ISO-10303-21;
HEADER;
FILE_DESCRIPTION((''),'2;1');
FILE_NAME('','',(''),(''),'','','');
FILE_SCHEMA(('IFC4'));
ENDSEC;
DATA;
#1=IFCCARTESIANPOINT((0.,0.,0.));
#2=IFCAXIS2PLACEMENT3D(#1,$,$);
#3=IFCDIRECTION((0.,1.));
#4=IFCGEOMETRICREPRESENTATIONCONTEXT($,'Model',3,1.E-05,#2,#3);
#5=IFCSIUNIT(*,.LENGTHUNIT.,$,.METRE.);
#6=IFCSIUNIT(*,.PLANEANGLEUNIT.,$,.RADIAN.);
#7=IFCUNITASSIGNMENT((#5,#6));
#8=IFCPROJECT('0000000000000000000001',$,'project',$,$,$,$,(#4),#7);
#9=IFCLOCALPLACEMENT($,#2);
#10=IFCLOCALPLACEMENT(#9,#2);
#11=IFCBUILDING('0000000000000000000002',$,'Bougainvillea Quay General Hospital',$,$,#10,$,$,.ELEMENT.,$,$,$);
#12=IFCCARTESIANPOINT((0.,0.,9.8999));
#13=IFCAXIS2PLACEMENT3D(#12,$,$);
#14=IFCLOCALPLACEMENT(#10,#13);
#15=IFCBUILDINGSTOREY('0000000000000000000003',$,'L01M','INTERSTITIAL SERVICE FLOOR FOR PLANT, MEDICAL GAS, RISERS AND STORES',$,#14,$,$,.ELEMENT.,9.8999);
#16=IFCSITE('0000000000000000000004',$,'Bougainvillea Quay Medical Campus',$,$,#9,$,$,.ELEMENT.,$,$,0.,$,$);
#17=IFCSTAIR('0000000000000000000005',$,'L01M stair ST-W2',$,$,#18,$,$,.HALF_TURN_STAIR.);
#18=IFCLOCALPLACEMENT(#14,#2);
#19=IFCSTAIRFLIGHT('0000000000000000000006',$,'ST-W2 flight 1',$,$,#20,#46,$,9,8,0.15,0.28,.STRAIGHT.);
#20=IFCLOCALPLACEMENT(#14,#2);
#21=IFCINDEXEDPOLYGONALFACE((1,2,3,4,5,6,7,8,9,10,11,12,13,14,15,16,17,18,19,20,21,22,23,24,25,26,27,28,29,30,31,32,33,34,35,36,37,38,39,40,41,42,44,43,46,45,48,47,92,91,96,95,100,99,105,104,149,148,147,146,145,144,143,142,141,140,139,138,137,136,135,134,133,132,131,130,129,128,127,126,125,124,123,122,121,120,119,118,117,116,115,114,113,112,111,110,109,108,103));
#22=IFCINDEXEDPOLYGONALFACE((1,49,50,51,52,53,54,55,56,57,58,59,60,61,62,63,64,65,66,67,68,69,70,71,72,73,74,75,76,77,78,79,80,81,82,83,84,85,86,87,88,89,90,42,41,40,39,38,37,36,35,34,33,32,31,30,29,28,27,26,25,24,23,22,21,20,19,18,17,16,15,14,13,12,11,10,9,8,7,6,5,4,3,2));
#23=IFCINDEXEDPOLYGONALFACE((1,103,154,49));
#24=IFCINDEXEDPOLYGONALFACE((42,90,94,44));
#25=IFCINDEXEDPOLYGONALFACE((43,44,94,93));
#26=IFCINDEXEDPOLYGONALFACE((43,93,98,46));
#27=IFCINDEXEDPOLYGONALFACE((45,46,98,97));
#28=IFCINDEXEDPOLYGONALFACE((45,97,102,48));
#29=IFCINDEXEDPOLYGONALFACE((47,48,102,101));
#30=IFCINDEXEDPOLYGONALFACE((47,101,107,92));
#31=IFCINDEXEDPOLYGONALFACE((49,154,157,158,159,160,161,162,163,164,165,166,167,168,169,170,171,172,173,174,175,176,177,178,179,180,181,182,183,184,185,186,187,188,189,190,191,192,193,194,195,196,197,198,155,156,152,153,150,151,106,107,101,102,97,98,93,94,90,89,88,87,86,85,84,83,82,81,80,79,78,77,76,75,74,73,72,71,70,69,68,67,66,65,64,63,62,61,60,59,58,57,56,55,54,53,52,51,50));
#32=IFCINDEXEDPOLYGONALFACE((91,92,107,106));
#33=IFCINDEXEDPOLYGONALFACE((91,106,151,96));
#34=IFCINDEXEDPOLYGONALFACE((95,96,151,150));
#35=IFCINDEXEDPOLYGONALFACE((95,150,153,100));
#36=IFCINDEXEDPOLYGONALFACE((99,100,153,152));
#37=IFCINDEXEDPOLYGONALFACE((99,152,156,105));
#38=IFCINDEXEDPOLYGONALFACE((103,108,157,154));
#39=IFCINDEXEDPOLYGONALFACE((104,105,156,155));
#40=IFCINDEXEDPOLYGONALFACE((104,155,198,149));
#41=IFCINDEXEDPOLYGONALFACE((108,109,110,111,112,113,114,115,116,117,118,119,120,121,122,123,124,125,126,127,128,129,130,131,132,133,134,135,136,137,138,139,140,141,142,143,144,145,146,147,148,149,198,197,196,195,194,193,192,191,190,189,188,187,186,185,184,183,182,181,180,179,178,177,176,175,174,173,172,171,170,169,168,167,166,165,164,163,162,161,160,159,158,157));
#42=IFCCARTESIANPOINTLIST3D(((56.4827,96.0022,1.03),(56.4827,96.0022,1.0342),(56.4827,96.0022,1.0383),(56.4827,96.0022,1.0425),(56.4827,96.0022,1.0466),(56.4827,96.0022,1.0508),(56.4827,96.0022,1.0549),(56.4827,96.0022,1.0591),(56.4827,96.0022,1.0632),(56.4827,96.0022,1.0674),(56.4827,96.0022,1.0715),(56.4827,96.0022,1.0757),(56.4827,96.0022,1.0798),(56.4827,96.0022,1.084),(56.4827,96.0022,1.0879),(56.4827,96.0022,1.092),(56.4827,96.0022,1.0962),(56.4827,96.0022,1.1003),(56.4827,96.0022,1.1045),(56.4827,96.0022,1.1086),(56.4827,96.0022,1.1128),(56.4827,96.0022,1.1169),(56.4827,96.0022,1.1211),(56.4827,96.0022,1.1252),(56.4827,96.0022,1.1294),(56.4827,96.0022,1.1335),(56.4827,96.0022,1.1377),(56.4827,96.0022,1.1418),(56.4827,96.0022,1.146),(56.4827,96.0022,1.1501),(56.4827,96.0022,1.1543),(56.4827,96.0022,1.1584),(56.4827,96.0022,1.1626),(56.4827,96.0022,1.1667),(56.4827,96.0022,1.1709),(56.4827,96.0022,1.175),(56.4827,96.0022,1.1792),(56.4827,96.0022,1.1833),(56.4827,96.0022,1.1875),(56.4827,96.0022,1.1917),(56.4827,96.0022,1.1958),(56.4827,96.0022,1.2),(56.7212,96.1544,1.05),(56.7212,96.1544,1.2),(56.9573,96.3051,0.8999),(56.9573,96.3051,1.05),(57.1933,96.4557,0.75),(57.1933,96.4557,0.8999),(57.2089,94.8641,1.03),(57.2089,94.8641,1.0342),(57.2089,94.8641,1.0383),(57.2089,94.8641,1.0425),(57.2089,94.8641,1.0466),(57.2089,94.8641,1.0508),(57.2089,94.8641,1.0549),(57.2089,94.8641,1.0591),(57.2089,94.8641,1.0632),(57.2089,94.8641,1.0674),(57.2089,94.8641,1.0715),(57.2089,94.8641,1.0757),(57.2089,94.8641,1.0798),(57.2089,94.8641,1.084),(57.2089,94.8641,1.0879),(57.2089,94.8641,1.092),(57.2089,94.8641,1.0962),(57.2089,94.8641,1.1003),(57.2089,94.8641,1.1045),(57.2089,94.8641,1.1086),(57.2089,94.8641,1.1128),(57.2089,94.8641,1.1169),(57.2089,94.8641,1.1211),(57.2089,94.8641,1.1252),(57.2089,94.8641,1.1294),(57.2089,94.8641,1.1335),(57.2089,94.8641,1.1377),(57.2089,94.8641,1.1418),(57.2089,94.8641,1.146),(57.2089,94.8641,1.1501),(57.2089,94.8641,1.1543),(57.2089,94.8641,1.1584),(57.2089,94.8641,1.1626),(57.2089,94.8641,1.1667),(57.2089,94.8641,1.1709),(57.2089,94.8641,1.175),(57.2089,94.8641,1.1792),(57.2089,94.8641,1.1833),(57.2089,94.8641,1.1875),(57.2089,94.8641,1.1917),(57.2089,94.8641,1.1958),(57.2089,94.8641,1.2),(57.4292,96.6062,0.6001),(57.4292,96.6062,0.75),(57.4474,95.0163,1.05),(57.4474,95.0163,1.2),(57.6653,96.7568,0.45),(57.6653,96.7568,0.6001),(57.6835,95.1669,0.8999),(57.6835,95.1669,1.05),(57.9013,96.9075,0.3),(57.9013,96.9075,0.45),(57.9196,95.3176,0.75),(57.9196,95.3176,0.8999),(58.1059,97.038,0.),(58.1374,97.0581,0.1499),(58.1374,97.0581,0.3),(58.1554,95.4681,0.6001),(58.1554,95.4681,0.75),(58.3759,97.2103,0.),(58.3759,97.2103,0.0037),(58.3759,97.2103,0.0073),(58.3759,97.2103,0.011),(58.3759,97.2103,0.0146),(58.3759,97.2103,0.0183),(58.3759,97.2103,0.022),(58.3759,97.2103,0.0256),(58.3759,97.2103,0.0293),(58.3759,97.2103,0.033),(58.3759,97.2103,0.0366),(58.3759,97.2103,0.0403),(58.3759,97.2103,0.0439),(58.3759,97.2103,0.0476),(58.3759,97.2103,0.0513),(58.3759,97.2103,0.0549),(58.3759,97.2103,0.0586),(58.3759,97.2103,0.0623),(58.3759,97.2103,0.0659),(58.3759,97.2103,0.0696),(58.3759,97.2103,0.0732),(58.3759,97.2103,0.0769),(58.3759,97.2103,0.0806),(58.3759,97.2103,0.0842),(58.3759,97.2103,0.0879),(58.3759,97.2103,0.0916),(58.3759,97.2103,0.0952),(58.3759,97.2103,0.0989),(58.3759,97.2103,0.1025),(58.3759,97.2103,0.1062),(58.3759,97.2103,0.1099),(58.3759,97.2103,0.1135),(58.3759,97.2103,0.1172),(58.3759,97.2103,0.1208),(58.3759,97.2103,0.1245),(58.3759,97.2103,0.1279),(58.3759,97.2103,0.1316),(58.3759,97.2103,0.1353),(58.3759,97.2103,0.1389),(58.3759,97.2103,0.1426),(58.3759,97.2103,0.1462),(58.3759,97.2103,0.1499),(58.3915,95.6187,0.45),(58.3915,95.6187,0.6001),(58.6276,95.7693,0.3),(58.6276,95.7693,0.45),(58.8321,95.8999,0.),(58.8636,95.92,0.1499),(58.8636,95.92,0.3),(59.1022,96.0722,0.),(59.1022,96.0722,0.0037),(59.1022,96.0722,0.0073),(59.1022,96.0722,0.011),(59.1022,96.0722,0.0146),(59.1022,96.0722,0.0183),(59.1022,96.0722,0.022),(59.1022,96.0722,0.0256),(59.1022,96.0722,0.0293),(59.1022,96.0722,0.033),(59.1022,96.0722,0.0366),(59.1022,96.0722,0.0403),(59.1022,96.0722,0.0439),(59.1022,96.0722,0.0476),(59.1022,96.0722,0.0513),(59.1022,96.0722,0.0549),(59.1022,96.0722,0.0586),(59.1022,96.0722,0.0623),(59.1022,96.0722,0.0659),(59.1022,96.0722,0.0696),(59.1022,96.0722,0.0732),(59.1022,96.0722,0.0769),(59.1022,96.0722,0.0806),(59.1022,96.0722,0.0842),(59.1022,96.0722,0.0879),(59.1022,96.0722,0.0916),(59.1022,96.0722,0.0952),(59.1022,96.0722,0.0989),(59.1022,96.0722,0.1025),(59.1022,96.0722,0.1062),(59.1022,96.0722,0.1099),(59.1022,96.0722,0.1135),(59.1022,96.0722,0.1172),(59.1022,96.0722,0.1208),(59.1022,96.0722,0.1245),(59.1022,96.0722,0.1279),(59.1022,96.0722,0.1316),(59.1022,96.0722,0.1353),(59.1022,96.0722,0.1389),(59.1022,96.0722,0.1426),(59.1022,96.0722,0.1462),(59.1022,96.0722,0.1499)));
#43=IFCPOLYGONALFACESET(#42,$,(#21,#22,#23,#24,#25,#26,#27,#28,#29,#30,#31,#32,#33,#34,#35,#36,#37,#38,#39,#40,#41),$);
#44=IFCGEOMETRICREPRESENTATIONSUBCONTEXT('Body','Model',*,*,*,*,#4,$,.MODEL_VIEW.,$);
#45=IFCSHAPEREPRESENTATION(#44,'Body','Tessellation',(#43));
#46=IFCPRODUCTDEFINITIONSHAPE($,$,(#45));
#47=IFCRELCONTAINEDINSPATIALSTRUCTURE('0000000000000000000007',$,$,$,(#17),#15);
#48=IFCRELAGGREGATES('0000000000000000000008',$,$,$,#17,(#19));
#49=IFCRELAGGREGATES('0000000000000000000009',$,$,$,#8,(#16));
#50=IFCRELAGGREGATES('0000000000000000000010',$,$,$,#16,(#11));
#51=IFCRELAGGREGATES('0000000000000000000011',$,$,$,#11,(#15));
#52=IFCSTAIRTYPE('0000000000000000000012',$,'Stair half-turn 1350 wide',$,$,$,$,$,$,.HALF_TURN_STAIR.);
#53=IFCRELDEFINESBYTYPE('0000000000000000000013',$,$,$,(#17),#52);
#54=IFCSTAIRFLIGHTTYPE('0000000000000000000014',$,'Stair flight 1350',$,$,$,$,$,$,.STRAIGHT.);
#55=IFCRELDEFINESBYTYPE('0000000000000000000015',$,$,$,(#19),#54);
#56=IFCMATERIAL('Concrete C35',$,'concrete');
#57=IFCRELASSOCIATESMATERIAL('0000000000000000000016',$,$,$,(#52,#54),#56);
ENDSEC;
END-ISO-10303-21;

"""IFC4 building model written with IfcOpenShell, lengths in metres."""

from ifc_helpers import new_model, si_unit, direction, frame, origin, place, context, subcontext, project, spatial, polyline, outline, extrude, material, type_object, element, aggregate, save


model = new_model("IFC4")

# Units and contexts
model_context = context("Model", 3, precision=1e-05, world=origin(), true_north=direction((0.0, 1.0)))
body_context = subcontext(model_context, "Body", "Model", "MODEL_VIEW")
ifc_project = project(units=[si_unit("LENGTHUNIT", "METRE"), si_unit("PLANEANGLEUNIT", "RADIAN")], contexts=[model_context])

# Site, building, storey
site_placement = place(None, origin())
site = spatial("IfcSite", under=ifc_project, at=site_placement, Name="Bougainvillea Quay Medical Campus", CompositionType="ELEMENT", RefElevation=0.0)
building_placement = place(site_placement, origin())
building = spatial("IfcBuilding", under=site, at=building_placement, Name="Bougainvillea Quay General Hospital", CompositionType="ELEMENT")
storey_placement = place(building_placement, frame((0.0, 0.0, 9.8999)))
storey = spatial("IfcBuildingStorey", under=building, at=storey_placement, Name="L01M", Description="INTERSTITIAL SERVICE FLOOR FOR PLANT, MEDICAL GAS, RISERS AND STORES", CompositionType="ELEMENT", Elevation=9.8999)

# Stair, stair flight
ifc_material_1 = material(Name="Concrete C35", Category="concrete")
stair_type = type_object("IfcStairType", Name="Stair half-turn 1350 wide", PredefinedType="HALF_TURN_STAIR", material=ifc_material_1)
stair_placement = place(storey_placement, origin())
stair = element("IfcStair", 1, at=stair_placement, inside=storey, type_object=stair_type, Name="L01M stair ST-W2", PredefinedType="HALF_TURN_STAIR")
stair_flight_type = type_object("IfcStairFlightType", Name="Stair flight 1350", PredefinedType="STRAIGHT", material=ifc_material_1)
stair_flight_placement = place(storey_placement, frame((58.7366, 96.6396, 0.0), z_axis=(0.0, 0.0, 1.0), x_axis=(-0.842999, -0.537915, 0.0)))
stair_flight = element("IfcStairFlight", 2, at=stair_flight_placement, type_object=stair_flight_type, Name="ST-W2 flight 1", NumberOfRisers=9, NumberOfTreads=8, PredefinedType="STRAIGHT", RiserHeight=0.15, TreadLength=0.28, context=body_context, shape_type="SweptSolid", body=[
    extrude(outline(polyline([(-0.0029, 0.0), (-0.0029, 0.0037), (-0.0029, 0.0073), (-0.0029, 0.011), (-0.0029, 0.0146), (-0.0029, 0.0183), (-0.0029, 0.022), (-0.0029, 0.0256), (-0.0029, 0.0293), (-0.0029, 0.033), (-0.0029, 0.0366), (-0.0029, 0.0403), (-0.0029, 0.0439), (-0.0029, 0.0476), (-0.0029, 0.0513), (-0.0029, 0.0549), (-0.0029, 0.0586), (-0.0029, 0.0623), (-0.0029, 0.0659), (-0.0029, 0.0696), (-0.0029, 0.0732), (-0.0029, 0.0769), (-0.0029, 0.0806), (-0.0029, 0.0842), (-0.0029, 0.0879), (-0.0029, 0.0916), (-0.0029, 0.0952), (-0.0029, 0.0989), (-0.0029, 0.1025), (-0.0029, 0.1062), (-0.0029, 0.1099), (-0.0029, 0.1135), (-0.0029, 0.1172), (-0.0029, 0.1208), (-0.0029, 0.1245), (-0.0029, 0.1279), (-0.0029, 0.1316), (-0.0029, 0.1353), (-0.0029, 0.1389), (-0.0029, 0.1426), (-0.0029, 0.1462), (-0.0029, 0.1499), (0.28, 0.1499), (0.28, 0.3), (0.5601, 0.3), (0.5601, 0.45), (0.8401, 0.45), (0.8401, 0.6001), (1.1201, 0.6001), (1.1201, 0.75), (1.3999, 0.75), (1.3999, 0.8999), (1.6799, 0.8999), (1.6799, 1.05), (1.96, 1.05), (1.96, 1.2), (2.2429, 1.2), (2.2429, 1.1958), (2.2429, 1.1917), (2.2429, 1.1875), (2.2429, 1.1833), (2.2429, 1.1792), (2.2429, 1.175), (2.2429, 1.1709), (2.2429, 1.1667), (2.2429, 1.1626), (2.2429, 1.1584), (2.2429, 1.1543), (2.2429, 1.1501), (2.2429, 1.146), (2.2429, 1.1418), (2.2429, 1.1377), (2.2429, 1.1335), (2.2429, 1.1294), (2.2429, 1.1252), (2.2429, 1.1211), (2.2429, 1.1169), (2.2429, 1.1128), (2.2429, 1.1086), (2.2429, 1.1045), (2.2429, 1.1003), (2.2429, 1.0962), (2.2429, 1.092), (2.2429, 1.0879), (2.2429, 1.084), (2.2429, 1.0798), (2.2429, 1.0757), (2.2429, 1.0715), (2.2429, 1.0674), (2.2429, 1.0632), (2.2429, 1.0591), (2.2429, 1.0549), (2.2429, 1.0508), (2.2429, 1.0466), (2.2429, 1.0425), (2.2429, 1.0383), (2.2429, 1.0342), (2.2429, 1.03), (0.3174, 0.0), (-0.0029, 0.0)])), frame((0.0, 0.675, 0.0), z_axis=(0.0, -1.0, 0.0), x_axis=(1.0, 0.0, 0.0)), (0.0, 0.0, 1.0), 1.3501),
])
aggregate(stair, [stair_flight])

save(model, "model.ifc")
